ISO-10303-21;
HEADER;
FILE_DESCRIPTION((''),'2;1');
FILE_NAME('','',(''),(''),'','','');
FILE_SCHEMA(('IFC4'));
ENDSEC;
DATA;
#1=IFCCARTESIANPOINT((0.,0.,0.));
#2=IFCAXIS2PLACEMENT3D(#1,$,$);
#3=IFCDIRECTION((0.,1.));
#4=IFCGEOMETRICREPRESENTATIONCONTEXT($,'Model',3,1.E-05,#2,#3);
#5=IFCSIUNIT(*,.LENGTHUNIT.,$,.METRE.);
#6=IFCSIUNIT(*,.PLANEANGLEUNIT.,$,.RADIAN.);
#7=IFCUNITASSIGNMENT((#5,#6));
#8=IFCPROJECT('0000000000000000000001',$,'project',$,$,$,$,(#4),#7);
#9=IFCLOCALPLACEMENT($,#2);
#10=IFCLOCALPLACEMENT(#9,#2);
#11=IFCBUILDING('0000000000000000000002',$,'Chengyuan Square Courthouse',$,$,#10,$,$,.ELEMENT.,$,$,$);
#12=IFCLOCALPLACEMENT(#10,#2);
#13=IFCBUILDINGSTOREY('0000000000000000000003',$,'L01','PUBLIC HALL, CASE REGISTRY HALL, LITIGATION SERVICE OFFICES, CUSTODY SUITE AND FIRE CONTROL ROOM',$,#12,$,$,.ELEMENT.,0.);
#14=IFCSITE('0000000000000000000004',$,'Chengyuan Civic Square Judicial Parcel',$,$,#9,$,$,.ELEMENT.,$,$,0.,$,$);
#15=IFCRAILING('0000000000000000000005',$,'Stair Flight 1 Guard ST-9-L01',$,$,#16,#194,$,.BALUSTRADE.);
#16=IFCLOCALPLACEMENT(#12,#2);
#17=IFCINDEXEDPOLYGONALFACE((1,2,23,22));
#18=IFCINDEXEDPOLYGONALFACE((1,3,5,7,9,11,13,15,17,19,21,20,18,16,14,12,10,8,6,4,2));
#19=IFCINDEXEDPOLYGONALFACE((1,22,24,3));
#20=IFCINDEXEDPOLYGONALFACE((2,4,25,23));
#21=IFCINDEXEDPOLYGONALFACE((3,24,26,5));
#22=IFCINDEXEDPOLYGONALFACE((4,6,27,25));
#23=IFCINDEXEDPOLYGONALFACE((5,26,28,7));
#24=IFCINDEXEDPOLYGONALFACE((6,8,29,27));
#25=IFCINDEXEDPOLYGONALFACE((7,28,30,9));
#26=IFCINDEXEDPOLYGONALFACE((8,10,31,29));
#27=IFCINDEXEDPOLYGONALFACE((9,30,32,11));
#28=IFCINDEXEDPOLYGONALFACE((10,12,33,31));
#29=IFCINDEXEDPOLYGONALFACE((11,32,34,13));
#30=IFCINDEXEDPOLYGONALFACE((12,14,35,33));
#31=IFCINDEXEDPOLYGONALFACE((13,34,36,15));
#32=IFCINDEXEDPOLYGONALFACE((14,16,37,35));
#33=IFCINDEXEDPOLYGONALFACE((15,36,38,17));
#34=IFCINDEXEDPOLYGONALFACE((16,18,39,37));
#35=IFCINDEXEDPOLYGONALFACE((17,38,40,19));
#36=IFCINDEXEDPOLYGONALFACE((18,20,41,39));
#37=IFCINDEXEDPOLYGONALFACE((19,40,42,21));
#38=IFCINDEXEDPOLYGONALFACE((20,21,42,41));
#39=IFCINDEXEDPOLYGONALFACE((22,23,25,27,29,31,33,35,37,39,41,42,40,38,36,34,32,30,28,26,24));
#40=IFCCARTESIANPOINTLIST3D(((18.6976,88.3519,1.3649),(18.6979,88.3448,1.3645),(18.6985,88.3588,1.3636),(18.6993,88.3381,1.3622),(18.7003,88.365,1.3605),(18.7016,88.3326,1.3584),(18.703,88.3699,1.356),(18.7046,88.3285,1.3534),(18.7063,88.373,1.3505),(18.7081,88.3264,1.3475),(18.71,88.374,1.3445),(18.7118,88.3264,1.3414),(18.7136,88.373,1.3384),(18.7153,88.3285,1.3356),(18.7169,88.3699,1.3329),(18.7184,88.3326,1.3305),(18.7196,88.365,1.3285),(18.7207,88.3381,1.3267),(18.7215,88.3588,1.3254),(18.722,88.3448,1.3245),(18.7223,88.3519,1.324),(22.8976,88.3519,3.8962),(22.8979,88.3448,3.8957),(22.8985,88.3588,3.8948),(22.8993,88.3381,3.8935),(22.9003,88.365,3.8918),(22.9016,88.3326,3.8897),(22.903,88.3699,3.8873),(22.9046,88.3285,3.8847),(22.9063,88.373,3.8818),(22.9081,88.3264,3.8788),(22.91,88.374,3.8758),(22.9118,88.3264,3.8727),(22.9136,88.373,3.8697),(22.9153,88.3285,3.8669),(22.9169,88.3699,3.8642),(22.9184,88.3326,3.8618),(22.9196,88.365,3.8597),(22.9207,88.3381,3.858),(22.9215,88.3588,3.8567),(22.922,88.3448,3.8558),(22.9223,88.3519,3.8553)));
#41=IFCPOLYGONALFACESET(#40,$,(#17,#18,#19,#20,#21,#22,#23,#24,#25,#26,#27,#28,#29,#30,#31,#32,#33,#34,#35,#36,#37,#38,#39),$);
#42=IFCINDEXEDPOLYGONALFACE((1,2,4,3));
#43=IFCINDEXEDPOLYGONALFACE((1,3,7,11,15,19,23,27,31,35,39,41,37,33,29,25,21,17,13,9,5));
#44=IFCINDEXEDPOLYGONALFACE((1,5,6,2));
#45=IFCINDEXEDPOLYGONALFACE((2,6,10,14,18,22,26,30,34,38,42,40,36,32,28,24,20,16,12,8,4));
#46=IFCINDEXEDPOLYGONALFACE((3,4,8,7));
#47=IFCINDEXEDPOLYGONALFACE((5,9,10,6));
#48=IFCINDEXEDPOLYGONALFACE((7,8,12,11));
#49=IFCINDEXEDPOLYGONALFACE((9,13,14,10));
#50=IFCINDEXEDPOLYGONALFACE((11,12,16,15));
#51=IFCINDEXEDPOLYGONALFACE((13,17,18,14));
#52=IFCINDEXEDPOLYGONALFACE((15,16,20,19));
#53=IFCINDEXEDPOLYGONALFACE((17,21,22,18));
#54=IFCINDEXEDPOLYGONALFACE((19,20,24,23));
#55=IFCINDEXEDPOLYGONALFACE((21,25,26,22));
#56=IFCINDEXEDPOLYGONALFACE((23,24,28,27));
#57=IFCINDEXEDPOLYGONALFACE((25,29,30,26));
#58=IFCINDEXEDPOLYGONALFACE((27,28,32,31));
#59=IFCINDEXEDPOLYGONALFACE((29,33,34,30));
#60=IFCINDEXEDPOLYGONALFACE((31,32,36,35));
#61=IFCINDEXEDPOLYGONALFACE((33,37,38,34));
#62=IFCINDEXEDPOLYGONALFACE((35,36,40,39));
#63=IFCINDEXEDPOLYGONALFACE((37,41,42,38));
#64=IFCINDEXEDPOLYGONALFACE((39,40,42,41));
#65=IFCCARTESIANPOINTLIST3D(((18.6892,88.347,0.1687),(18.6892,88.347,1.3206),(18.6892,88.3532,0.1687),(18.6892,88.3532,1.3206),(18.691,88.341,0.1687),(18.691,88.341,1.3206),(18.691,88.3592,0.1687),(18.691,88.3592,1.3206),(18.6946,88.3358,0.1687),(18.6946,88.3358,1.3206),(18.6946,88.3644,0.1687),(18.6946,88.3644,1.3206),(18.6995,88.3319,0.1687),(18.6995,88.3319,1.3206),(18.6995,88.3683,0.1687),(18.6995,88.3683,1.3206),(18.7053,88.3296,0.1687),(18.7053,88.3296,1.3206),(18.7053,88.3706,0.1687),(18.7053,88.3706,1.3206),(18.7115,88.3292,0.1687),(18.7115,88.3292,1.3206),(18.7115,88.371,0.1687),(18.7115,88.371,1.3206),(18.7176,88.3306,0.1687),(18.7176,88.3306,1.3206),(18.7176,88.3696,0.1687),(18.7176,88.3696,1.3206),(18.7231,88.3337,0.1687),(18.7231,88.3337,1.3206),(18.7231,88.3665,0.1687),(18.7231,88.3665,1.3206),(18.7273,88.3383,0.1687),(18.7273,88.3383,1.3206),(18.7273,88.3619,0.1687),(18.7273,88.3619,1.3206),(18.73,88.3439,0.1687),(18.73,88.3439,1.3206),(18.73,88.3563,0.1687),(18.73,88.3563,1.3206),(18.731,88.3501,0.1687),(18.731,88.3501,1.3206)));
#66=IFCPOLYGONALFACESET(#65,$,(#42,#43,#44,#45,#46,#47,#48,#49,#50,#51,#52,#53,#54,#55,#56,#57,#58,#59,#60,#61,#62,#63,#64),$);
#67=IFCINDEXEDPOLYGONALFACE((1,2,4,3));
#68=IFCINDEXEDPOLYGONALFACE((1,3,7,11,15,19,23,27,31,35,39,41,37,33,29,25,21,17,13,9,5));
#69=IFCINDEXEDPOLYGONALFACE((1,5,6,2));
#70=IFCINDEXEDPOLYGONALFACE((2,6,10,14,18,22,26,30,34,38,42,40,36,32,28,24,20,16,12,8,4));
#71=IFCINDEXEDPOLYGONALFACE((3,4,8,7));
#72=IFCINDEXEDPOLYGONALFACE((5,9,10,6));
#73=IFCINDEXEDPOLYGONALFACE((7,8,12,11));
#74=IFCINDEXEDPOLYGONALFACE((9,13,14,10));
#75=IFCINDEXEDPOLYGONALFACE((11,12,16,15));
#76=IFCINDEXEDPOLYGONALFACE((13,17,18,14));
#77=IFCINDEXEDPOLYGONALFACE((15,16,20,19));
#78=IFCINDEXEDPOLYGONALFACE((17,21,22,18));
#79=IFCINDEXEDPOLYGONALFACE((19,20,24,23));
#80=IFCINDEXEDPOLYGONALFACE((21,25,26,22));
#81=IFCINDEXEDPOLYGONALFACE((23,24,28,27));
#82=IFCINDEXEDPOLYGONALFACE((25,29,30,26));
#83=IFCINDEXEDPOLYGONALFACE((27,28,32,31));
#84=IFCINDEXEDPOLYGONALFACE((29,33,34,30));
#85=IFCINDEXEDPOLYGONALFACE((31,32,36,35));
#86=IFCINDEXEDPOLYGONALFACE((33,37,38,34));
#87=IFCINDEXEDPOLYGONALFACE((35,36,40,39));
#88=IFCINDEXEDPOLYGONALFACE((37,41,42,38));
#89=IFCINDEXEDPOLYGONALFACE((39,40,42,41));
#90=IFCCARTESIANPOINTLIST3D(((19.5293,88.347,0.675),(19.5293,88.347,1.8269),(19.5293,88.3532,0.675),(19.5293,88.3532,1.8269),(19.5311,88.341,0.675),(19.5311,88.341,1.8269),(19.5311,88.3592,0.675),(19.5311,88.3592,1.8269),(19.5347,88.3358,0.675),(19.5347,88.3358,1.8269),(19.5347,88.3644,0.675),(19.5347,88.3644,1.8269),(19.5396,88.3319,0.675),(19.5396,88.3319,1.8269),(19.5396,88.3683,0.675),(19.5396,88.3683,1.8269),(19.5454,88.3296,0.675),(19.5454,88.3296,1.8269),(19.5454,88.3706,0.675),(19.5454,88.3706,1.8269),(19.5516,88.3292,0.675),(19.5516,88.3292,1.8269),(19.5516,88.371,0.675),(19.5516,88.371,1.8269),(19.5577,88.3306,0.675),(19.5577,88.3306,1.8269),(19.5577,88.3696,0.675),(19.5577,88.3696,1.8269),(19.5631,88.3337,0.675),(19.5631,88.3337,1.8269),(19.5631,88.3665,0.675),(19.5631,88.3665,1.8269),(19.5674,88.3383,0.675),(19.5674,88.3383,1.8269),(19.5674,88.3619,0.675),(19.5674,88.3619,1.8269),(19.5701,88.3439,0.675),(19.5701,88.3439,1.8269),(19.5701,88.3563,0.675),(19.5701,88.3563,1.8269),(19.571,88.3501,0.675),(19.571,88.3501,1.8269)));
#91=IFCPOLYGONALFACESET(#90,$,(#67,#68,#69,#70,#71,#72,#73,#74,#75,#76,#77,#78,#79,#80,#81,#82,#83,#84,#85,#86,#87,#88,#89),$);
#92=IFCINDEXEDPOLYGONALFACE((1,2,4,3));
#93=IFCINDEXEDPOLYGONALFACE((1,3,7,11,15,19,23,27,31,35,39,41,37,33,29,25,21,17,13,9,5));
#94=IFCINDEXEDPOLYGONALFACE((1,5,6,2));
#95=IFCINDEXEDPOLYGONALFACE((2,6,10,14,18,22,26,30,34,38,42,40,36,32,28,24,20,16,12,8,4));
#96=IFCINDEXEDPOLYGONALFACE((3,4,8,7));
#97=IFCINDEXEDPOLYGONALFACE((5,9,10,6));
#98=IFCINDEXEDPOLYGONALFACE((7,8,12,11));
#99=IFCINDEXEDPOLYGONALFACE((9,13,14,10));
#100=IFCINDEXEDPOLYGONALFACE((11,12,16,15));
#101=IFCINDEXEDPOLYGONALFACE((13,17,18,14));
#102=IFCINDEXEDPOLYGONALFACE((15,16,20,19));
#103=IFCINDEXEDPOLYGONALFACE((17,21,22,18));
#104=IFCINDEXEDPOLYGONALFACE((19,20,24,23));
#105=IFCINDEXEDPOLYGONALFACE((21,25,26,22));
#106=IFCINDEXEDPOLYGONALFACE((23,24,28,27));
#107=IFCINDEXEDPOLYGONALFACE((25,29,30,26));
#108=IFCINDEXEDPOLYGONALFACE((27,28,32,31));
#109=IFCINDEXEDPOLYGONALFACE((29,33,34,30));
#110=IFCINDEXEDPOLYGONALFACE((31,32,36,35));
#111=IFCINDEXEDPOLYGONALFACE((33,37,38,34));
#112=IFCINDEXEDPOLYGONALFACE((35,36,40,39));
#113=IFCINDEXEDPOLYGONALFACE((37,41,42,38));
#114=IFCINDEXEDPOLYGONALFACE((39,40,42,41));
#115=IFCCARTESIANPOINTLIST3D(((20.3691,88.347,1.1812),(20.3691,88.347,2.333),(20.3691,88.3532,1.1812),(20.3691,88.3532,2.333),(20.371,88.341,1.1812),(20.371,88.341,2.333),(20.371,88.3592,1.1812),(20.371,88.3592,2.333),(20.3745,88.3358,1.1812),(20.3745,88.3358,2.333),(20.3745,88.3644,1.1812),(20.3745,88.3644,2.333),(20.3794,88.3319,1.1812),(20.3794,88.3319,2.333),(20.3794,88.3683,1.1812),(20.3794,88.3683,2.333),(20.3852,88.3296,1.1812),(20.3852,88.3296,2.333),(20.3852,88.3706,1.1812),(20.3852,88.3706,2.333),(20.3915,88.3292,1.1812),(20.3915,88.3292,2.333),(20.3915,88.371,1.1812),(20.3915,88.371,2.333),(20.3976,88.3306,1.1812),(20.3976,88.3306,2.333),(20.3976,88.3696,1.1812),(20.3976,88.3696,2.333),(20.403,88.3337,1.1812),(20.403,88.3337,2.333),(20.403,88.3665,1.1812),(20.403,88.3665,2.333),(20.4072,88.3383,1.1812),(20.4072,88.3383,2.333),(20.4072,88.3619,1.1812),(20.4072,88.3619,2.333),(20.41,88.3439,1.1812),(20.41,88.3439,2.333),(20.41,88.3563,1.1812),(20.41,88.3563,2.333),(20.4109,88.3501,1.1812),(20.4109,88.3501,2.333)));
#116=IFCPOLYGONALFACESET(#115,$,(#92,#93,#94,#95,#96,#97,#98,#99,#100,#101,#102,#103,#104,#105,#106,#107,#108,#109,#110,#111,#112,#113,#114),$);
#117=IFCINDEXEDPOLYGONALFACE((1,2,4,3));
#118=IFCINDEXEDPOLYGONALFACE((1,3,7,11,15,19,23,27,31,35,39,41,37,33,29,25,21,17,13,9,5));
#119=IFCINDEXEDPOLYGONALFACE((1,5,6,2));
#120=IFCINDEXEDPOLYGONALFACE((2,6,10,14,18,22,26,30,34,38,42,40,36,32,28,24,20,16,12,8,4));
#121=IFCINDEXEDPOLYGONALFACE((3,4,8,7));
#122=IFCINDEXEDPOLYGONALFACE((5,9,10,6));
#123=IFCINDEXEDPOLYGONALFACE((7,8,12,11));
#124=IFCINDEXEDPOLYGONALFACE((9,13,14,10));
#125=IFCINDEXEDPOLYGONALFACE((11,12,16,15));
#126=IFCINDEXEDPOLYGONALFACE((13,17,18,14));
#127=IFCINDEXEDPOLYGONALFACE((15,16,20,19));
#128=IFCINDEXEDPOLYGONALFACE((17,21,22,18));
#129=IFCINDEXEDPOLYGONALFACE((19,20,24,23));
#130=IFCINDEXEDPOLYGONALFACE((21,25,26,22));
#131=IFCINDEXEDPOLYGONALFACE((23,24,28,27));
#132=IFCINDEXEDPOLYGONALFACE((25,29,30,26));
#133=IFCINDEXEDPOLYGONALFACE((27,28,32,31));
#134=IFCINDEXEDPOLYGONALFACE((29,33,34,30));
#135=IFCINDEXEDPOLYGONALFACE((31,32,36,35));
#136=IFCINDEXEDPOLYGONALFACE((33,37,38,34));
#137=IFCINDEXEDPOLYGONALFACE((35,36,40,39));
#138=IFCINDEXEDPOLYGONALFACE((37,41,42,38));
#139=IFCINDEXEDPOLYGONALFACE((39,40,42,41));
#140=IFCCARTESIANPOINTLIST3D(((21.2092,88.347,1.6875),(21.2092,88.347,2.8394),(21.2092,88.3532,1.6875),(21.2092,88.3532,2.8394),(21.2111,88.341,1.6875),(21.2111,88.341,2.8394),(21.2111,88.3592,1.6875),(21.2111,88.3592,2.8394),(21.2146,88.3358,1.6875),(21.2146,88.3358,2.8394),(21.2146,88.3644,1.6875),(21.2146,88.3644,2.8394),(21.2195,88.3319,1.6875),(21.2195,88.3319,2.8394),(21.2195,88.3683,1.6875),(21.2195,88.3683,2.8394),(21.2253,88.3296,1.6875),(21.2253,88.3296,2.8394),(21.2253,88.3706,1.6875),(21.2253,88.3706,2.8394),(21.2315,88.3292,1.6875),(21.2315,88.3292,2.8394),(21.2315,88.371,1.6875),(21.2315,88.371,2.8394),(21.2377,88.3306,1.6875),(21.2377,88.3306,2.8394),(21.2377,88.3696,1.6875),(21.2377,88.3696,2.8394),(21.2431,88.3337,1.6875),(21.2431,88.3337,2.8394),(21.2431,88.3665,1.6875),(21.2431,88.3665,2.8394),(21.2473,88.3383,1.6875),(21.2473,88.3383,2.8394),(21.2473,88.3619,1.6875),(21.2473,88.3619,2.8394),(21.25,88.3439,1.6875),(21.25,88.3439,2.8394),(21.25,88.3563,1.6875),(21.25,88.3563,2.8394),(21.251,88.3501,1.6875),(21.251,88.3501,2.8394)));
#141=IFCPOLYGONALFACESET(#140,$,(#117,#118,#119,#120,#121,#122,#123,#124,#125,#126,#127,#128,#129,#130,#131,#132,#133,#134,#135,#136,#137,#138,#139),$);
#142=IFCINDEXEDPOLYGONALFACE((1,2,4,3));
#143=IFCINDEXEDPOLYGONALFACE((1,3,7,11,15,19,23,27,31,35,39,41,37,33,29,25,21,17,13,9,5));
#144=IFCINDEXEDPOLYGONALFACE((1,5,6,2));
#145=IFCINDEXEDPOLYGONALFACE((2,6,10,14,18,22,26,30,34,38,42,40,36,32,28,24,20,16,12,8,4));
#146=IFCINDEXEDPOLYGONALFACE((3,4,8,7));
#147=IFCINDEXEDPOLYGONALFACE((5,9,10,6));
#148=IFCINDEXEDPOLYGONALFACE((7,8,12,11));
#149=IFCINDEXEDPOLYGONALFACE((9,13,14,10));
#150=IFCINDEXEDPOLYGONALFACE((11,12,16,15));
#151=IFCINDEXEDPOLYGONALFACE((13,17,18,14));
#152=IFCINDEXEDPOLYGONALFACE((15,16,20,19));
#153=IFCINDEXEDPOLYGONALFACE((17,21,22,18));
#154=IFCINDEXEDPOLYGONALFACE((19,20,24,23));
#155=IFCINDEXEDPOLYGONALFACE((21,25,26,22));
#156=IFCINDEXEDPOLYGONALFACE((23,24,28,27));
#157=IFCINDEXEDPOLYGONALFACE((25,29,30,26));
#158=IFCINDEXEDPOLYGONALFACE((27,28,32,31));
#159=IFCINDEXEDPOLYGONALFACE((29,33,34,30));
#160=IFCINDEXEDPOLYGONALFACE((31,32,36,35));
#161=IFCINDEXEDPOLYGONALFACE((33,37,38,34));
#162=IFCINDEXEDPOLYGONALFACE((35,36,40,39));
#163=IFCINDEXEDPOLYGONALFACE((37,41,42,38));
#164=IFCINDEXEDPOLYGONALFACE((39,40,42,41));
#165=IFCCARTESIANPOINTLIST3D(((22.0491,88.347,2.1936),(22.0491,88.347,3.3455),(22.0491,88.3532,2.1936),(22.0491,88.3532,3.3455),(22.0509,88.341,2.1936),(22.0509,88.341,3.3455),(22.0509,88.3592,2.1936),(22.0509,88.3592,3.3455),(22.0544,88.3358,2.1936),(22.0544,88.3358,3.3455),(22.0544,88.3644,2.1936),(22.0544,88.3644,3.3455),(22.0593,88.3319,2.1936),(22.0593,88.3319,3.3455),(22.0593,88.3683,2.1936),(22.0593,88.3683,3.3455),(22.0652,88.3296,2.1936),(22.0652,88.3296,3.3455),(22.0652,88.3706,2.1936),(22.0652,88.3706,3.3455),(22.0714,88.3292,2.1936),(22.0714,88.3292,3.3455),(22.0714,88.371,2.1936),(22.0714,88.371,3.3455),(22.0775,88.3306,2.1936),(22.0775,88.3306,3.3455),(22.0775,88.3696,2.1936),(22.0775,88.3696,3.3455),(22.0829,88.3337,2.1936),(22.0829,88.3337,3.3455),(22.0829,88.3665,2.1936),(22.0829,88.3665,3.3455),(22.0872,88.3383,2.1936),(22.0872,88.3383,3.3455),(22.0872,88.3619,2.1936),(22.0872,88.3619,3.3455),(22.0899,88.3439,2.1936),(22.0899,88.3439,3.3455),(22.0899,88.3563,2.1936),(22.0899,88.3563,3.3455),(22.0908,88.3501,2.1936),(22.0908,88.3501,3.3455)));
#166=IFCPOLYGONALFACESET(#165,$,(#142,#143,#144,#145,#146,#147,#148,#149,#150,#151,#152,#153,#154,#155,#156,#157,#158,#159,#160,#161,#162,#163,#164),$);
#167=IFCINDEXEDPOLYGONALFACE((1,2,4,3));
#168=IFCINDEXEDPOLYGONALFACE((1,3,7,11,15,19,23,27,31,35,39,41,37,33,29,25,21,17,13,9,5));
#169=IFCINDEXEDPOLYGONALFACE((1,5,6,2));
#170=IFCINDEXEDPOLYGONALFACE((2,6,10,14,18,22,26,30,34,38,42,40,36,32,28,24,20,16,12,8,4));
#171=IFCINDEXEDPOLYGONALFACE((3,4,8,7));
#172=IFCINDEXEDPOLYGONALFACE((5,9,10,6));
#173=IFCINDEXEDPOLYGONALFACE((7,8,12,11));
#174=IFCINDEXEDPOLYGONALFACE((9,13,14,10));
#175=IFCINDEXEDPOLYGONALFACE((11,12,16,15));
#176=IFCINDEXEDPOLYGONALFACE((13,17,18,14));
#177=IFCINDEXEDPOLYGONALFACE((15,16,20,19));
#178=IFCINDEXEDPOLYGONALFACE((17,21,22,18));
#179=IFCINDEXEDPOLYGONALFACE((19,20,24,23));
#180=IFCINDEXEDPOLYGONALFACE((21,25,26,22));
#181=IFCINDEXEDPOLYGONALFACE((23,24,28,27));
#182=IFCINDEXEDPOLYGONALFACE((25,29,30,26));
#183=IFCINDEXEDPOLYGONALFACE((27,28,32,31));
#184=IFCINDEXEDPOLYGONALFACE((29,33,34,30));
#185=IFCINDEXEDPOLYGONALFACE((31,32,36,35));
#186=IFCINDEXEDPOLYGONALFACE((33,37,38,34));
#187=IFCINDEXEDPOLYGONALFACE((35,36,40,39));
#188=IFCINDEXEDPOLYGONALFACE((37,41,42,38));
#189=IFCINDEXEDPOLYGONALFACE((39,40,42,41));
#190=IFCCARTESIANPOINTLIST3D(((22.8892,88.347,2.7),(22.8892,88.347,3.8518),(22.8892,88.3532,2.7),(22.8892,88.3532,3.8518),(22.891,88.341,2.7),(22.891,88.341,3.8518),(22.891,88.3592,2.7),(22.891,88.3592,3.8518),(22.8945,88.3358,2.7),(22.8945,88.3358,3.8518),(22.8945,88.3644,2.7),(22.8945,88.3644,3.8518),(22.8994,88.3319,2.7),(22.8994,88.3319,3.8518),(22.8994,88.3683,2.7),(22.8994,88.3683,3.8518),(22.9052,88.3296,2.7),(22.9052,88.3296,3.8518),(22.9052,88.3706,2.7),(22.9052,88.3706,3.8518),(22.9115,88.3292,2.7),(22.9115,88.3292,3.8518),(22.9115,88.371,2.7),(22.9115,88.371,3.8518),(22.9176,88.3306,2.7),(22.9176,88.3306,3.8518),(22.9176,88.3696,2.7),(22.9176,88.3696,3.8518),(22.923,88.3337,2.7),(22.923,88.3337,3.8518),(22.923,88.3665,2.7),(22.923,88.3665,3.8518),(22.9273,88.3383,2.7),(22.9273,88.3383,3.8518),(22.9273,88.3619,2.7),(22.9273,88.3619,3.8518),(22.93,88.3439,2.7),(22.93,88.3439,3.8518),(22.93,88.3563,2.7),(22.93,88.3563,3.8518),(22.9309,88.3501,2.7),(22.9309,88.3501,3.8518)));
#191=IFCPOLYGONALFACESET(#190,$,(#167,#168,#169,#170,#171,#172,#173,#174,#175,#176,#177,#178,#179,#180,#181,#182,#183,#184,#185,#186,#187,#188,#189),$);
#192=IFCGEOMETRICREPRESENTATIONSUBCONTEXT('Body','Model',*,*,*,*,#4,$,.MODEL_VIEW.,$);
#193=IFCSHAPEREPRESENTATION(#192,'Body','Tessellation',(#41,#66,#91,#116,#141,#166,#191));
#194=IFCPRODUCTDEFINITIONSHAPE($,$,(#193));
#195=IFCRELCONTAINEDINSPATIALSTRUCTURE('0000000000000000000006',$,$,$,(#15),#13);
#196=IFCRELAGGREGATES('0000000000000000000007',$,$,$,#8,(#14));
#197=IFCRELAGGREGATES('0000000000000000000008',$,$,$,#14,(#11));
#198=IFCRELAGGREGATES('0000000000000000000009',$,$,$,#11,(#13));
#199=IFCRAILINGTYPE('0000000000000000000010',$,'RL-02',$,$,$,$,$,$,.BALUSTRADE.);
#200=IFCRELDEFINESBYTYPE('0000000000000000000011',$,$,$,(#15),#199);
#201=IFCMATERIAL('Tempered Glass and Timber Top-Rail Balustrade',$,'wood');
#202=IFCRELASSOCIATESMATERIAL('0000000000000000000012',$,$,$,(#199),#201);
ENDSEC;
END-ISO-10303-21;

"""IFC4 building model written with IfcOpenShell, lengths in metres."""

from ifc_helpers import new_model, si_unit, direction, frame, origin, origin_2d, place, context, subcontext, project, spatial, circle, extrude, material, type_object, element, save


model = new_model("IFC4")

# Units and contexts
model_context = context("Model", 3, precision=1e-05, world=origin(), true_north=direction((0.0, 1.0)))
body_context = subcontext(model_context, "Body", "Model", "MODEL_VIEW")
ifc_project = project(units=[si_unit("LENGTHUNIT", "METRE"), si_unit("PLANEANGLEUNIT", "RADIAN")], contexts=[model_context])

# Site, building, storey
site_placement = place(None, origin())
site = spatial("IfcSite", under=ifc_project, at=site_placement, Name="Chengyuan Civic Square Judicial Parcel", CompositionType="ELEMENT", RefElevation=0.0)
building_placement = place(site_placement, origin())
building = spatial("IfcBuilding", under=site, at=building_placement, Name="Chengyuan Square Courthouse", CompositionType="ELEMENT")
storey_placement = place(building_placement, origin())
storey = spatial("IfcBuildingStorey", under=building, at=storey_placement, Name="L01", Description="PUBLIC HALL, CASE REGISTRY HALL, LITIGATION SERVICE OFFICES, CUSTODY SUITE AND FIRE CONTROL ROOM", CompositionType="ELEMENT", Elevation=0.0)

# Railing
ifc_material_1 = material(Name="Tempered Glass and Timber Top-Rail Balustrade", Category="wood")
railing_type_1 = type_object("IfcRailingType", Name="RL-02", PredefinedType="BALUSTRADE", material=ifc_material_1)
railing_1_placement = place(storey_placement, frame((18.71, 88.3501, 0.1687)))
element("IfcRailing", 1, at=railing_1_placement, inside=storey, type_object=railing_type_1, Name="Stair Flight 1 Guard ST-9-L01", PredefinedType="BALUSTRADE", context=body_context, shape_type="SweptSolid", body=[
    extrude(circle(Radius=0.0239, at=origin_2d()), frame((0.0, 0.0, 1.1758), z_axis=(0.856476, 0.0, 0.516186), x_axis=(0.0, 1.0, 0.0)), (0.0, 0.0, 1.0), 4.9038),
    extrude(circle(Radius=0.021, at=origin_2d()), origin(), (0.0, 0.0, 1.0), 1.1519),
    extrude(circle(Radius=0.021, at=origin_2d()), frame((0.8401, 0.0, 0.5063)), (0.0, 0.0, 1.0), 1.1519),
    extrude(circle(Radius=0.021, at=origin_2d()), frame((1.6799, 0.0, 1.0125)), (0.0, 0.0, 1.0), 1.1519),
    extrude(circle(Radius=0.021, at=origin_2d()), frame((2.52, 0.0, 1.5188)), (0.0, 0.0, 1.0), 1.1519),
    extrude(circle(Radius=0.021, at=origin_2d()), frame((3.3599, 0.0, 2.0249)), (0.0, 0.0, 1.0), 1.1519),
    extrude(circle(Radius=0.021, at=origin_2d()), frame((4.2, 0.0, 2.5312)), (0.0, 0.0, 1.0), 1.1519),
])

save(model, "model.ifc")
